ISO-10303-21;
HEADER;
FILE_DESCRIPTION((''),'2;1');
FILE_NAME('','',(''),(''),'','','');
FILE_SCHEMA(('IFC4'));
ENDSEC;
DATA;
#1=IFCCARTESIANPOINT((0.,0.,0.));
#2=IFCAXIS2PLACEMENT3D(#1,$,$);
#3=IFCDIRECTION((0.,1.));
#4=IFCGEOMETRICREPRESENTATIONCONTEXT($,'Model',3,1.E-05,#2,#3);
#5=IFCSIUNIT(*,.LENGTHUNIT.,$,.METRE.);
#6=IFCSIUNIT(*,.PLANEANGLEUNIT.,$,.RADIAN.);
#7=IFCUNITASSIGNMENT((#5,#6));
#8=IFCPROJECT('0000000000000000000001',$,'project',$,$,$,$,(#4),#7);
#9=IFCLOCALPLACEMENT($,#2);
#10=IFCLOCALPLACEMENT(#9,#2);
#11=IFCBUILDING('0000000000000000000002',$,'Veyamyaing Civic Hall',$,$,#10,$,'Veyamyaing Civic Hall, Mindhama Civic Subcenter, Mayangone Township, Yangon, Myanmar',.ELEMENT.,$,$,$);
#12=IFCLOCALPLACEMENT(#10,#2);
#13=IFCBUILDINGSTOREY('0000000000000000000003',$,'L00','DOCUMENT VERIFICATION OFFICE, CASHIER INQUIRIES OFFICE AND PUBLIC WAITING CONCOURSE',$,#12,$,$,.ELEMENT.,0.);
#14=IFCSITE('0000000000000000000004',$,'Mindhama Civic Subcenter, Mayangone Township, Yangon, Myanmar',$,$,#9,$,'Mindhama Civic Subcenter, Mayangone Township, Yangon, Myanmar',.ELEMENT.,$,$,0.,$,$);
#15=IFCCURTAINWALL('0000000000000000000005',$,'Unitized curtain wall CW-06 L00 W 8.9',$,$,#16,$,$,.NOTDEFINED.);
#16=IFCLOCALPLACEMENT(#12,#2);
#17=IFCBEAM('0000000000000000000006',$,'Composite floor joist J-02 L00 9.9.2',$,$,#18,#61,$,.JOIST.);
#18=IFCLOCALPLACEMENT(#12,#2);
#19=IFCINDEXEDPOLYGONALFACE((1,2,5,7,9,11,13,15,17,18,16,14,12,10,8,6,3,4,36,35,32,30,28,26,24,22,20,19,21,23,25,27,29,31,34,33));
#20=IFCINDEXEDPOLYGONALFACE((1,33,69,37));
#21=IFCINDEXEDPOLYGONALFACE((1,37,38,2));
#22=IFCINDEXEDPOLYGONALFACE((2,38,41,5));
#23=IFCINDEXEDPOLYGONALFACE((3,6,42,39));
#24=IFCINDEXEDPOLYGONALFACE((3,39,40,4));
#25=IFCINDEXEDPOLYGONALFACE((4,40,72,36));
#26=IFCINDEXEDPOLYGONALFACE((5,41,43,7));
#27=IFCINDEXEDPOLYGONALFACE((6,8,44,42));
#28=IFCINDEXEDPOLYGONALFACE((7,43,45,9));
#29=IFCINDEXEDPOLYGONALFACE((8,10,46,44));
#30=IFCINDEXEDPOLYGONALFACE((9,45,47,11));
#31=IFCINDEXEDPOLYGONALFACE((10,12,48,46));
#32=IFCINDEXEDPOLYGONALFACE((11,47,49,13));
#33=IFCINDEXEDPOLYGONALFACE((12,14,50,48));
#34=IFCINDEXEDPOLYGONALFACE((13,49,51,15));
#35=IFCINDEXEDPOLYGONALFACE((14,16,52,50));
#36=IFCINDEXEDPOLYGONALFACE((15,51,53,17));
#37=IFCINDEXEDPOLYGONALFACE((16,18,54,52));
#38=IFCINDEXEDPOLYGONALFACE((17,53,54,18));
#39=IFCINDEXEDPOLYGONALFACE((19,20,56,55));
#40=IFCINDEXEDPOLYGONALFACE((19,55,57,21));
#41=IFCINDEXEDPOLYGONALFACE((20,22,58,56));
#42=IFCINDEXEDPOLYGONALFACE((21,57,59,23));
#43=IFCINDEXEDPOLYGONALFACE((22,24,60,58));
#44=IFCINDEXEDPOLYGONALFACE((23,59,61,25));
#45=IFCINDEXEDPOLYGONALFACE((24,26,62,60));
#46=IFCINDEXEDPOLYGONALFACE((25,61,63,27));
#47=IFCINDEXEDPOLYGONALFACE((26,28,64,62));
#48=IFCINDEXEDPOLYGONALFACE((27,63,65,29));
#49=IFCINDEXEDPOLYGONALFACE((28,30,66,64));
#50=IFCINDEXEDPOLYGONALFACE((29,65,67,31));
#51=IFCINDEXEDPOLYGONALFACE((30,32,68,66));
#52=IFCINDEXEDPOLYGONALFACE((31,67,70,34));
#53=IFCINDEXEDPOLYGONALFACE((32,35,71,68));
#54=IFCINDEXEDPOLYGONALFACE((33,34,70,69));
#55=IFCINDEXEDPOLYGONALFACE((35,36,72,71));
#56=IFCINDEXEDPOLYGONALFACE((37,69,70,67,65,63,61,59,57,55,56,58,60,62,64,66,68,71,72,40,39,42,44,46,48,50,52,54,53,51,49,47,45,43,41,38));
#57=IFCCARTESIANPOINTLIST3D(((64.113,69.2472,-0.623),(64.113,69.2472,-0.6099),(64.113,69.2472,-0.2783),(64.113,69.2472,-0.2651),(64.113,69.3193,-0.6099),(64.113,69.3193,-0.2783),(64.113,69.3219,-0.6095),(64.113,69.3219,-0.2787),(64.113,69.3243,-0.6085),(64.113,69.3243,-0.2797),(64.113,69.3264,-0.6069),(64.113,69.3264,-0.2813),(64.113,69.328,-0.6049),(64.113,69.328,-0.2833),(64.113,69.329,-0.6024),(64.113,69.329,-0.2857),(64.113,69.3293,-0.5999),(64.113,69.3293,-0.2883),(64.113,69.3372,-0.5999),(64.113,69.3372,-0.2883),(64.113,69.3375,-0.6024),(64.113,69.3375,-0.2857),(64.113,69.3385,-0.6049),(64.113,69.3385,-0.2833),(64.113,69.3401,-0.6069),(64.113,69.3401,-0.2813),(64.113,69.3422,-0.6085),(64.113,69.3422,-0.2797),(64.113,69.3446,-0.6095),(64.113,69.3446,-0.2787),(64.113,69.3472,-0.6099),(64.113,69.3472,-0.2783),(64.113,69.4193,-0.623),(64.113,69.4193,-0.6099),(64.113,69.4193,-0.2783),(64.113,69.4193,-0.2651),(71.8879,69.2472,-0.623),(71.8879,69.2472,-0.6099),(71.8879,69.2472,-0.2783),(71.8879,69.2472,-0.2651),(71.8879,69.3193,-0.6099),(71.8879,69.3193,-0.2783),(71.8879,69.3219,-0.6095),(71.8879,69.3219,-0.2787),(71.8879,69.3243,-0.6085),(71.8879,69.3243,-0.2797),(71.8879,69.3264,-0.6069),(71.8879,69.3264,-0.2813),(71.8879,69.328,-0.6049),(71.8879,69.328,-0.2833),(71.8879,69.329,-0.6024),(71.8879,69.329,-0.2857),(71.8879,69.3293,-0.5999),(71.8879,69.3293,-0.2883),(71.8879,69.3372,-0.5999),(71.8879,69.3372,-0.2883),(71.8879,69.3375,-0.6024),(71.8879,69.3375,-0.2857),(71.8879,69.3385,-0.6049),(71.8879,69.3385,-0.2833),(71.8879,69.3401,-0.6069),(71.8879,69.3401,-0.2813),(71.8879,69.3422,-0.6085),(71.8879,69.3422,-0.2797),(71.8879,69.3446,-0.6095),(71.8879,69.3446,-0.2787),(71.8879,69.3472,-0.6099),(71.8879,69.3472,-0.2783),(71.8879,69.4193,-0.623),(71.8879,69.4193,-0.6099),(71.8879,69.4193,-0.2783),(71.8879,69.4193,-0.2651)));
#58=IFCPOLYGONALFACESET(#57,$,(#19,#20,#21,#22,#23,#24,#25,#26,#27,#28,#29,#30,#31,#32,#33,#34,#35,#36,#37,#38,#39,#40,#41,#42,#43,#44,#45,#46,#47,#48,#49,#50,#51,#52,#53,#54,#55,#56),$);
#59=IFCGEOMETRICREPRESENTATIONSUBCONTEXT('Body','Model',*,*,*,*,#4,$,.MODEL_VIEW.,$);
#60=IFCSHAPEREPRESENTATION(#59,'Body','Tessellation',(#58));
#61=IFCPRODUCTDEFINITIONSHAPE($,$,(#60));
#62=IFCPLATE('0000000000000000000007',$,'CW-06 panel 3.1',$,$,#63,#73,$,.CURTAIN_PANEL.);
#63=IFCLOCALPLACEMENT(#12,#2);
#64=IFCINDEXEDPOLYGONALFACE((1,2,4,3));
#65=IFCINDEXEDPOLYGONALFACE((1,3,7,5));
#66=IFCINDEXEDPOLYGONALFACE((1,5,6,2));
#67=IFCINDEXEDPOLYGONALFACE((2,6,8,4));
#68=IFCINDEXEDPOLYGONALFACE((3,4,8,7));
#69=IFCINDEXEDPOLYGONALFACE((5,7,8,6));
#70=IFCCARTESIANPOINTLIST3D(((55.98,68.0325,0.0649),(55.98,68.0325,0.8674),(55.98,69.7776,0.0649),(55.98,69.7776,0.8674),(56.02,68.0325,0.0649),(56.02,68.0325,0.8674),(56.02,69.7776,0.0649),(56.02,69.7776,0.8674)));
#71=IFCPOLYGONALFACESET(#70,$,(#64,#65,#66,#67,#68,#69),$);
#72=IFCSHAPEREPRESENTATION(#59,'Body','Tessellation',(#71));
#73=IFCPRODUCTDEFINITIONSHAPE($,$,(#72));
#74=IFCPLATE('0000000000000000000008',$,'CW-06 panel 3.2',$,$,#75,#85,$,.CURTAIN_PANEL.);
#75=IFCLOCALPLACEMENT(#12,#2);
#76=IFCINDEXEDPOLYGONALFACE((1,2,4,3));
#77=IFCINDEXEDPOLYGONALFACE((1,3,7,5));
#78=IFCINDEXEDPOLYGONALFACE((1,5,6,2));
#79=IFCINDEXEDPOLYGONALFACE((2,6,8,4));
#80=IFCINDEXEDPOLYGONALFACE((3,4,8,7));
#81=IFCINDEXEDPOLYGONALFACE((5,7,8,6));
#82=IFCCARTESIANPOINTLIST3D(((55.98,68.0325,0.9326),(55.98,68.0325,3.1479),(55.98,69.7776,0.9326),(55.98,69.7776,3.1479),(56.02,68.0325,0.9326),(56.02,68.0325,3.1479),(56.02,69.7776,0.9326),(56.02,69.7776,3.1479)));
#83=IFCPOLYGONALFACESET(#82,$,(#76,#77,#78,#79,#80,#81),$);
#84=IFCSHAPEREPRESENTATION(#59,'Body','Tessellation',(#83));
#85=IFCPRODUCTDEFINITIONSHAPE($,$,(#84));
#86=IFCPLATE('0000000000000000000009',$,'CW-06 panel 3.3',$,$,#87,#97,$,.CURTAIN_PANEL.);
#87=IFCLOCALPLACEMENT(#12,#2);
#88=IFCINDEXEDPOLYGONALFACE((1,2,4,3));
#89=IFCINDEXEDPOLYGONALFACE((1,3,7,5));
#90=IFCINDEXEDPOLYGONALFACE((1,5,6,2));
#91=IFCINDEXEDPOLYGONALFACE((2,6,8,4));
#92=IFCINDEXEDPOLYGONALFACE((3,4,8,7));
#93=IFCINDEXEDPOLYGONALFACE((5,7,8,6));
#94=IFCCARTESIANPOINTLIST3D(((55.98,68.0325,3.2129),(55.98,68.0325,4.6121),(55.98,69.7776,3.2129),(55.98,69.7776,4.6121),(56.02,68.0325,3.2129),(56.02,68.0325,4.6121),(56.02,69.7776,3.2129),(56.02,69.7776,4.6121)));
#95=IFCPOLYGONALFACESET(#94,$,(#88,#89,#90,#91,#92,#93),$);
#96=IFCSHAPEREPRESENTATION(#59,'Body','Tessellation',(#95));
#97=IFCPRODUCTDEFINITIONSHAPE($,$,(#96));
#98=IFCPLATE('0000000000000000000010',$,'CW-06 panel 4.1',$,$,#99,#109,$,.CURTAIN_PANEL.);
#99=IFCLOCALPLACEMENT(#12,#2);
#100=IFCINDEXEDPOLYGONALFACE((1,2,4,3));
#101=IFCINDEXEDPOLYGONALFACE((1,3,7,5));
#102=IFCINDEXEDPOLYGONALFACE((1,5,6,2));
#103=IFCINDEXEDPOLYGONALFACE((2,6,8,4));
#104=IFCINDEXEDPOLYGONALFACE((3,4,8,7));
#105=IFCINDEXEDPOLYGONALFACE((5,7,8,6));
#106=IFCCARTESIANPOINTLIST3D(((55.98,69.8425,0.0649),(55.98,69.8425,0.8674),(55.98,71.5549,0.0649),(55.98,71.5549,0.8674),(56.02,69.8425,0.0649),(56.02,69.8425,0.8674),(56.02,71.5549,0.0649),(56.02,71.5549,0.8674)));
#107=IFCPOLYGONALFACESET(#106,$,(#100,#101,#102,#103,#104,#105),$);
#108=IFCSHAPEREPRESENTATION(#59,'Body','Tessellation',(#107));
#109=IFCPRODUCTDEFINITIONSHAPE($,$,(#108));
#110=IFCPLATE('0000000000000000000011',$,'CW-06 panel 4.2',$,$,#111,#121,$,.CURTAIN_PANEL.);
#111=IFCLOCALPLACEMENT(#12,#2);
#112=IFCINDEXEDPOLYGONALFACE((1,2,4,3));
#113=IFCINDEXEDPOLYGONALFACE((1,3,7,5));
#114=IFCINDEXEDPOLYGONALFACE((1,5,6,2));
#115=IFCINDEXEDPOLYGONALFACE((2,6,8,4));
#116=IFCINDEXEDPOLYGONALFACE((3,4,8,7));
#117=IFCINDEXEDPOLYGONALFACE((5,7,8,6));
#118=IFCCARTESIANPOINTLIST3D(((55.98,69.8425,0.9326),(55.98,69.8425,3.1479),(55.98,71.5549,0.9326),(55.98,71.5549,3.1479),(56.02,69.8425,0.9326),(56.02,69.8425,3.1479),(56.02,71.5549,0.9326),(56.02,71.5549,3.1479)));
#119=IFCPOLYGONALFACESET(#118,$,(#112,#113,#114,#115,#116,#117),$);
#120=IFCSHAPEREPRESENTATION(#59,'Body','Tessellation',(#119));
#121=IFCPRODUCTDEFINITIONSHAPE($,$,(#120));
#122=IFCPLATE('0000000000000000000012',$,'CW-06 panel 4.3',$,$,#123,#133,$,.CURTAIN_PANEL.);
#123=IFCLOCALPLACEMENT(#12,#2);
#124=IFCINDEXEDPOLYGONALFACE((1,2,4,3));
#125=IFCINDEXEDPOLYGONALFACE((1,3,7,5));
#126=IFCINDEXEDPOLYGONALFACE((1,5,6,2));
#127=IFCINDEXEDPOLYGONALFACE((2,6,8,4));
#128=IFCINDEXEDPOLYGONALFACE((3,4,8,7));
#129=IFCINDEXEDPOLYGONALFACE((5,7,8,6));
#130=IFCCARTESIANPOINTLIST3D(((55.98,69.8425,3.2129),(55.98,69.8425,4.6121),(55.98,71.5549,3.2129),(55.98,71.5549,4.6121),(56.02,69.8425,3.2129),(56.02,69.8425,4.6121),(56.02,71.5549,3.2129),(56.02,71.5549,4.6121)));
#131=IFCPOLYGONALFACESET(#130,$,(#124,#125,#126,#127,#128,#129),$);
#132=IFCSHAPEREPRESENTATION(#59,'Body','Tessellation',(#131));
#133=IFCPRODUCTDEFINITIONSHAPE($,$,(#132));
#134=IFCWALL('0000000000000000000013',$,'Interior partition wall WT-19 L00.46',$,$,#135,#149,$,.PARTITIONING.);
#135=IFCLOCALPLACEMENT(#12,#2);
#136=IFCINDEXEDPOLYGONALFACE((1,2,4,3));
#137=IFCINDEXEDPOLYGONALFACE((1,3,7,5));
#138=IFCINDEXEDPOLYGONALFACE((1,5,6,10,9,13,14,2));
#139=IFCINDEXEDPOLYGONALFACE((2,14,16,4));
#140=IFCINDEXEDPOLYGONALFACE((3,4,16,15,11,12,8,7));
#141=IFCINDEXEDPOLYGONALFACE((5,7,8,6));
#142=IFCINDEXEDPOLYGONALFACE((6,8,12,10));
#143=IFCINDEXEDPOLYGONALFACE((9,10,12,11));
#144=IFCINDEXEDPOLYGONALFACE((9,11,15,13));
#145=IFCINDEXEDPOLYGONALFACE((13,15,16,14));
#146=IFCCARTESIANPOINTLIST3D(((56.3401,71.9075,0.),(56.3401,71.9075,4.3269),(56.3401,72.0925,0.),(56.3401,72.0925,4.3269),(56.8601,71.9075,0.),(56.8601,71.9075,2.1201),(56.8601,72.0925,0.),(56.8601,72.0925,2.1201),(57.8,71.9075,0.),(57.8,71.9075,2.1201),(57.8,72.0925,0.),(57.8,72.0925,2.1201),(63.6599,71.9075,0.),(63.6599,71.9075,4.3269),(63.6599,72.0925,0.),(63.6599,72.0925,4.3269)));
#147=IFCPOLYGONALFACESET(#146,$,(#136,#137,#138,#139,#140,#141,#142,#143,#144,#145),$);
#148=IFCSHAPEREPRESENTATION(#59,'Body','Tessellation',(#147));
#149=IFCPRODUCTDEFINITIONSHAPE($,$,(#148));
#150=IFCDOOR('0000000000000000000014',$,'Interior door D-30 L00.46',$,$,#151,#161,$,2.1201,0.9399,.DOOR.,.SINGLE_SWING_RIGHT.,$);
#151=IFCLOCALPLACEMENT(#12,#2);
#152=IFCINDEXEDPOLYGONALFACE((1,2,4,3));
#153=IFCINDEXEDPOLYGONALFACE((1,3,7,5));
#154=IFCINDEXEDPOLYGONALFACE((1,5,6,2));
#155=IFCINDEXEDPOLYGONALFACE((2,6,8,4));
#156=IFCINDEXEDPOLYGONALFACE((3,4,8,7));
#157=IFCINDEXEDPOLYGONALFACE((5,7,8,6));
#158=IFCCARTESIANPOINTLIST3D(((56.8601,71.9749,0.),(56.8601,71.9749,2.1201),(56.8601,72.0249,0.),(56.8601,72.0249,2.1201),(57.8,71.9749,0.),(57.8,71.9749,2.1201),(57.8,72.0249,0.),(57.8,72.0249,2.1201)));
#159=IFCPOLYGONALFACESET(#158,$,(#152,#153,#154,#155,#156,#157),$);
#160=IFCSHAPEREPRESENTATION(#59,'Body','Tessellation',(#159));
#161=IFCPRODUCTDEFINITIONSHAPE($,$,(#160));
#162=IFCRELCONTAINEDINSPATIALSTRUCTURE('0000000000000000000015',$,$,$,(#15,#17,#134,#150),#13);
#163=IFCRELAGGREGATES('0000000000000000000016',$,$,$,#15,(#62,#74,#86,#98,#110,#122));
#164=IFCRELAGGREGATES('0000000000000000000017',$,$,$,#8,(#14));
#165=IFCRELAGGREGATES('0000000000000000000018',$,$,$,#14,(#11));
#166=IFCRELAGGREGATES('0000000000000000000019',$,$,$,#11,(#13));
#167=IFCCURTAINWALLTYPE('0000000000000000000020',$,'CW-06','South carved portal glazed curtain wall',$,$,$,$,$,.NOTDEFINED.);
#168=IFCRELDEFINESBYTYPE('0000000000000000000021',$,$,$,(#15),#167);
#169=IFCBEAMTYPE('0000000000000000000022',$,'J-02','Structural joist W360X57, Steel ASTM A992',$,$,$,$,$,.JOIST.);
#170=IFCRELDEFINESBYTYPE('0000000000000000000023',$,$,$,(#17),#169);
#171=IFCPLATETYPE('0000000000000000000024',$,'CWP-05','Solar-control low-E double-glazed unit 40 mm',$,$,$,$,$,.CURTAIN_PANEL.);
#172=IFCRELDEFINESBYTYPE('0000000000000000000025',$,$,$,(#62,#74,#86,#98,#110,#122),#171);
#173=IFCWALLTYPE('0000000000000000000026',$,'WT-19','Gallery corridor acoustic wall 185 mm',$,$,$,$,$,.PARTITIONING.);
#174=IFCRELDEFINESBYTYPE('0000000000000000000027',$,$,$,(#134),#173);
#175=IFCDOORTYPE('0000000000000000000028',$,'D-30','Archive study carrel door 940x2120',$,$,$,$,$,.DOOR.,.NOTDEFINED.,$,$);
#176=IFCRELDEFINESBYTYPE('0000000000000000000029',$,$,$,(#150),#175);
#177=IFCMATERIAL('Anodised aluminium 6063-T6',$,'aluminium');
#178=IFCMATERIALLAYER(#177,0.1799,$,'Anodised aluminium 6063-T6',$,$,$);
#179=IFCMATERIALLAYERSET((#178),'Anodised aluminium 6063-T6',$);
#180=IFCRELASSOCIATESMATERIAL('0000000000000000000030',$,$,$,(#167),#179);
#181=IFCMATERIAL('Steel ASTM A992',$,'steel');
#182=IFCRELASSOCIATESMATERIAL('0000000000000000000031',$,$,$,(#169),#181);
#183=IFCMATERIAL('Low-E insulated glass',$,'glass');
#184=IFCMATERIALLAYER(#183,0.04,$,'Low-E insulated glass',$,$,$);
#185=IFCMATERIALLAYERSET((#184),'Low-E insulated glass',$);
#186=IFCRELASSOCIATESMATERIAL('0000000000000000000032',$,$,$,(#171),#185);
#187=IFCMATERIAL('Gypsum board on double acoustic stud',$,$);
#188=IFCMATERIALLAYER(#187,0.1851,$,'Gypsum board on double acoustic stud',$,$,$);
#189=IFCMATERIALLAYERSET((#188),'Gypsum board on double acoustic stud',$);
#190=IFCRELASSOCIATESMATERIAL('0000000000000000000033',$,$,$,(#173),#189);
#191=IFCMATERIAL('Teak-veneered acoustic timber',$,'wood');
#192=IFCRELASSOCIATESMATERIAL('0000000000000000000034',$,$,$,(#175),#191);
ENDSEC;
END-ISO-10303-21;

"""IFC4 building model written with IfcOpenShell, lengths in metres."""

from ifc_helpers import new_model, si_unit, direction, frame, frame_2d, origin, origin_2d, place, context, subcontext, project, spatial, rectangle, i_section, extrude, material, layer, layer_set, material_profile, profile_set, type_object, element, fill, aggregate, save


model = new_model("IFC4")

# Units and contexts
model_context = context("Model", 3, precision=1e-05, world=origin(), true_north=direction((0.0, 1.0)))
body_context = subcontext(model_context, "Body", "Model", "MODEL_VIEW")
ifc_project = project(units=[si_unit("LENGTHUNIT", "METRE"), si_unit("PLANEANGLEUNIT", "RADIAN")], contexts=[model_context])

# Site, building, storey
site_placement = place(None, origin())
site = spatial("IfcSite", under=ifc_project, at=site_placement, Name="Mindhama Civic Subcenter, Mayangone Township, Yangon, Myanmar", LongName="Mindhama Civic Subcenter, Mayangone Township, Yangon, Myanmar", CompositionType="ELEMENT", RefElevation=0.0)
building_placement = place(site_placement, origin())
building = spatial("IfcBuilding", under=site, at=building_placement, Name="Veyamyaing Civic Hall", LongName="Veyamyaing Civic Hall, Mindhama Civic Subcenter, Mayangone Township, Yangon, Myanmar", CompositionType="ELEMENT")
storey_placement = place(building_placement, origin())
storey = spatial("IfcBuildingStorey", under=building, at=storey_placement, Name="L00", Description="DOCUMENT VERIFICATION OFFICE, CASHIER INQUIRIES OFFICE AND PUBLIC WAITING CONCOURSE", CompositionType="ELEMENT", Elevation=0.0)

# Shared definitions
ifc_material_1 = material(Name="Steel ASTM A992", Category="steel")

# Curtain wall
ifc_material_2 = material(Name="Anodised aluminium 6063-T6", Category="aluminium")
ifc_layer_1 = layer(ifc_material_2, 0.1799, Name="Anodised aluminium 6063-T6")
ifc_layer_set_1 = layer_set([ifc_layer_1], Name="Anodised aluminium 6063-T6")
curtain_wall_type = type_object("IfcCurtainWallType", Name="CW-06", Description="South carved portal glazed curtain wall", PredefinedType="NOTDEFINED", material=ifc_layer_set_1)
curtain_wall_placement = place(storey_placement, origin())
curtain_wall = element("IfcCurtainWall", 1, at=curtain_wall_placement, inside=storey, type_object=curtain_wall_type, Name="Unitized curtain wall CW-06 L00 W 8.9", PredefinedType="NOTDEFINED")

# Beam
ifc_material_profile_1 = material_profile(ifc_material_1, i_section(OverallWidth=0.1721, OverallDepth=0.3579, WebThickness=0.0078, FlangeThickness=0.0132, FilletRadius=0.01, at=origin_2d()), Name="W360X57")
ifc_profile_set_1 = profile_set([ifc_material_profile_1], Name="Steel ASTM A992")
beam_type_1 = type_object("IfcBeamType", Name="J-02", Description="Structural joist W360X57, Steel ASTM A992", PredefinedType="JOIST", material=ifc_profile_set_1)
beam_1_placement = place(storey_placement, frame((64.113, 69.3333, -0.4441), z_axis=(1.0, 0.0, 0.0), x_axis=(0.0, 1.0, 0.0)))
element("IfcBeam", 2, at=beam_1_placement, inside=storey, type_object=beam_type_1, Name="Composite floor joist J-02 L00 9.9.2", PredefinedType="JOIST", context=body_context, shape_type="SweptSolid", body=[
    extrude(i_section(OverallWidth=0.1721, OverallDepth=0.3579, WebThickness=0.0078, FlangeThickness=0.0132, FilletRadius=0.01, at=origin_2d()), origin(), (0.0, 0.0, 1.0), 7.7749),
])

# Plates
ifc_material_3 = material(Name="Low-E insulated glass", Category="glass")
ifc_layer_2 = layer(ifc_material_3, 0.04, Name="Low-E insulated glass")
ifc_layer_set_2 = layer_set([ifc_layer_2], Name="Low-E insulated glass")
plate_type = type_object("IfcPlateType", Name="CWP-05", Description="Solar-control low-E double-glazed unit 40 mm", PredefinedType="CURTAIN_PANEL", material=ifc_layer_set_2)
plate_1_placement = place(storey_placement, frame((56.0, 68.905, 0.0649), z_axis=(0.0, 0.0, 1.0), x_axis=(0.0, 1.0, 0.0)))
plate_1 = element("IfcPlate", 3, at=plate_1_placement, type_object=plate_type, Name="CW-06 panel 3.1", PredefinedType="CURTAIN_PANEL", context=body_context, shape_type="SweptSolid", body=[
    extrude(rectangle(XDim=1.7451, YDim=0.04, at=origin_2d()), origin(), (0.0, 0.0, 1.0), 0.8025),
])
plate_2_placement = place(storey_placement, frame((56.0, 68.905, 0.9326), z_axis=(0.0, 0.0, 1.0), x_axis=(0.0, 1.0, 0.0)))
plate_2 = element("IfcPlate", 4, at=plate_2_placement, type_object=plate_type, Name="CW-06 panel 3.2", PredefinedType="CURTAIN_PANEL", context=body_context, shape_type="SweptSolid", body=[
    extrude(rectangle(XDim=1.7451, YDim=0.04, at=origin_2d()), origin(), (0.0, 0.0, 1.0), 2.2153),
])
plate_3_placement = place(storey_placement, frame((56.0, 68.905, 3.2129), z_axis=(0.0, 0.0, 1.0), x_axis=(0.0, 1.0, 0.0)))
plate_3 = element("IfcPlate", 5, at=plate_3_placement, type_object=plate_type, Name="CW-06 panel 3.3", PredefinedType="CURTAIN_PANEL", context=body_context, shape_type="SweptSolid", body=[
    extrude(rectangle(XDim=1.7451, YDim=0.04, at=origin_2d()), origin(), (0.0, 0.0, 1.0), 1.3992),
])
plate_4_placement = place(storey_placement, frame((56.0, 70.6987, 0.0649), z_axis=(0.0, 0.0, 1.0), x_axis=(0.0, 1.0, 0.0)))
plate_4 = element("IfcPlate", 6, at=plate_4_placement, type_object=plate_type, Name="CW-06 panel 4.1", PredefinedType="CURTAIN_PANEL", context=body_context, shape_type="SweptSolid", body=[
    extrude(rectangle(XDim=1.7124, YDim=0.04, at=origin_2d()), origin(), (0.0, 0.0, 1.0), 0.8025),
])
plate_5_placement = place(storey_placement, frame((56.0, 70.6987, 0.9326), z_axis=(0.0, 0.0, 1.0), x_axis=(0.0, 1.0, 0.0)))
plate_5 = element("IfcPlate", 7, at=plate_5_placement, type_object=plate_type, Name="CW-06 panel 4.2", PredefinedType="CURTAIN_PANEL", context=body_context, shape_type="SweptSolid", body=[
    extrude(rectangle(XDim=1.7124, YDim=0.04, at=origin_2d()), origin(), (0.0, 0.0, 1.0), 2.2153),
])
plate_6_placement = place(storey_placement, frame((56.0, 70.6987, 3.2129), z_axis=(0.0, 0.0, 1.0), x_axis=(0.0, 1.0, 0.0)))
plate_6 = element("IfcPlate", 8, at=plate_6_placement, type_object=plate_type, Name="CW-06 panel 4.3", PredefinedType="CURTAIN_PANEL", context=body_context, shape_type="SweptSolid", body=[
    extrude(rectangle(XDim=1.7124, YDim=0.04, at=origin_2d()), origin(), (0.0, 0.0, 1.0), 1.3992),
])
aggregate(curtain_wall, [plate_1, plate_2, plate_3, plate_4, plate_5, plate_6])

# Wall, opening, door
ifc_material_4 = material(Name="Gypsum board on double acoustic stud")
ifc_layer_3 = layer(ifc_material_4, 0.1851, Name="Gypsum board on double acoustic stud")
ifc_layer_set_3 = layer_set([ifc_layer_3], Name="Gypsum board on double acoustic stud")
wall_type = type_object("IfcWallType", Name="WT-19", Description="Gallery corridor acoustic wall 185 mm", PredefinedType="PARTITIONING", material=ifc_layer_set_3)
wall_placement = place(storey_placement, frame((56.3401, 72.0, 0.0), z_axis=(0.0, 0.0, 1.0), x_axis=(1.0, 0.0, 0.0)))
wall = element("IfcWall", 9, at=wall_placement, inside=storey, type_object=wall_type, Name="Interior partition wall WT-19 L00.46", PredefinedType="PARTITIONING", context=body_context, shape_type="SweptSolid", body=[
    extrude(rectangle(XDim=7.3198, YDim=0.1851, at=frame_2d((3.6599, 0.0))), origin(), (0.0, 0.0, 1.0), 4.3269),
])
opening_placement = place(wall_placement, frame((0.52, 0.0, 0.0)))
opening = element("IfcOpeningElement", 10, at=opening_placement, cuts=wall, PredefinedType="OPENING", context=body_context, shape_type="SweptSolid", body=[
    extrude(rectangle(XDim=0.9399, YDim=2.1201, at=frame_2d((0.47, 1.0601))), frame((0.0, 0.1025, 0.0), z_axis=(0.0, -1.0, 0.0), x_axis=(1.0, 0.0, 0.0)), (0.0, 0.0, 1.0), 0.2051),
])
ifc_material_5 = material(Name="Teak-veneered acoustic timber", Category="wood")
door_type = type_object("IfcDoorType", Name="D-30", Description="Archive study carrel door 940x2120", OperationType="NOTDEFINED", PredefinedType="DOOR", material=ifc_material_5)
door_placement = place(opening_placement, origin())
door = element("IfcDoor", 11, at=door_placement, inside=storey, type_object=door_type, Name="Interior door D-30 L00.46", OperationType="SINGLE_SWING_RIGHT", OverallHeight=2.1201, OverallWidth=0.9399, PredefinedType="DOOR", context=body_context, shape_type="SweptSolid", body=[
    extrude(rectangle(XDim=0.9399, YDim=2.1201, at=frame_2d((0.47, 1.0601))), frame((0.0, 0.0249, 0.0), z_axis=(0.0, -1.0, 0.0), x_axis=(1.0, 0.0, 0.0)), (0.0, 0.0, 1.0), 0.05),
])
fill(opening, door)

save(model, "model.ifc")
